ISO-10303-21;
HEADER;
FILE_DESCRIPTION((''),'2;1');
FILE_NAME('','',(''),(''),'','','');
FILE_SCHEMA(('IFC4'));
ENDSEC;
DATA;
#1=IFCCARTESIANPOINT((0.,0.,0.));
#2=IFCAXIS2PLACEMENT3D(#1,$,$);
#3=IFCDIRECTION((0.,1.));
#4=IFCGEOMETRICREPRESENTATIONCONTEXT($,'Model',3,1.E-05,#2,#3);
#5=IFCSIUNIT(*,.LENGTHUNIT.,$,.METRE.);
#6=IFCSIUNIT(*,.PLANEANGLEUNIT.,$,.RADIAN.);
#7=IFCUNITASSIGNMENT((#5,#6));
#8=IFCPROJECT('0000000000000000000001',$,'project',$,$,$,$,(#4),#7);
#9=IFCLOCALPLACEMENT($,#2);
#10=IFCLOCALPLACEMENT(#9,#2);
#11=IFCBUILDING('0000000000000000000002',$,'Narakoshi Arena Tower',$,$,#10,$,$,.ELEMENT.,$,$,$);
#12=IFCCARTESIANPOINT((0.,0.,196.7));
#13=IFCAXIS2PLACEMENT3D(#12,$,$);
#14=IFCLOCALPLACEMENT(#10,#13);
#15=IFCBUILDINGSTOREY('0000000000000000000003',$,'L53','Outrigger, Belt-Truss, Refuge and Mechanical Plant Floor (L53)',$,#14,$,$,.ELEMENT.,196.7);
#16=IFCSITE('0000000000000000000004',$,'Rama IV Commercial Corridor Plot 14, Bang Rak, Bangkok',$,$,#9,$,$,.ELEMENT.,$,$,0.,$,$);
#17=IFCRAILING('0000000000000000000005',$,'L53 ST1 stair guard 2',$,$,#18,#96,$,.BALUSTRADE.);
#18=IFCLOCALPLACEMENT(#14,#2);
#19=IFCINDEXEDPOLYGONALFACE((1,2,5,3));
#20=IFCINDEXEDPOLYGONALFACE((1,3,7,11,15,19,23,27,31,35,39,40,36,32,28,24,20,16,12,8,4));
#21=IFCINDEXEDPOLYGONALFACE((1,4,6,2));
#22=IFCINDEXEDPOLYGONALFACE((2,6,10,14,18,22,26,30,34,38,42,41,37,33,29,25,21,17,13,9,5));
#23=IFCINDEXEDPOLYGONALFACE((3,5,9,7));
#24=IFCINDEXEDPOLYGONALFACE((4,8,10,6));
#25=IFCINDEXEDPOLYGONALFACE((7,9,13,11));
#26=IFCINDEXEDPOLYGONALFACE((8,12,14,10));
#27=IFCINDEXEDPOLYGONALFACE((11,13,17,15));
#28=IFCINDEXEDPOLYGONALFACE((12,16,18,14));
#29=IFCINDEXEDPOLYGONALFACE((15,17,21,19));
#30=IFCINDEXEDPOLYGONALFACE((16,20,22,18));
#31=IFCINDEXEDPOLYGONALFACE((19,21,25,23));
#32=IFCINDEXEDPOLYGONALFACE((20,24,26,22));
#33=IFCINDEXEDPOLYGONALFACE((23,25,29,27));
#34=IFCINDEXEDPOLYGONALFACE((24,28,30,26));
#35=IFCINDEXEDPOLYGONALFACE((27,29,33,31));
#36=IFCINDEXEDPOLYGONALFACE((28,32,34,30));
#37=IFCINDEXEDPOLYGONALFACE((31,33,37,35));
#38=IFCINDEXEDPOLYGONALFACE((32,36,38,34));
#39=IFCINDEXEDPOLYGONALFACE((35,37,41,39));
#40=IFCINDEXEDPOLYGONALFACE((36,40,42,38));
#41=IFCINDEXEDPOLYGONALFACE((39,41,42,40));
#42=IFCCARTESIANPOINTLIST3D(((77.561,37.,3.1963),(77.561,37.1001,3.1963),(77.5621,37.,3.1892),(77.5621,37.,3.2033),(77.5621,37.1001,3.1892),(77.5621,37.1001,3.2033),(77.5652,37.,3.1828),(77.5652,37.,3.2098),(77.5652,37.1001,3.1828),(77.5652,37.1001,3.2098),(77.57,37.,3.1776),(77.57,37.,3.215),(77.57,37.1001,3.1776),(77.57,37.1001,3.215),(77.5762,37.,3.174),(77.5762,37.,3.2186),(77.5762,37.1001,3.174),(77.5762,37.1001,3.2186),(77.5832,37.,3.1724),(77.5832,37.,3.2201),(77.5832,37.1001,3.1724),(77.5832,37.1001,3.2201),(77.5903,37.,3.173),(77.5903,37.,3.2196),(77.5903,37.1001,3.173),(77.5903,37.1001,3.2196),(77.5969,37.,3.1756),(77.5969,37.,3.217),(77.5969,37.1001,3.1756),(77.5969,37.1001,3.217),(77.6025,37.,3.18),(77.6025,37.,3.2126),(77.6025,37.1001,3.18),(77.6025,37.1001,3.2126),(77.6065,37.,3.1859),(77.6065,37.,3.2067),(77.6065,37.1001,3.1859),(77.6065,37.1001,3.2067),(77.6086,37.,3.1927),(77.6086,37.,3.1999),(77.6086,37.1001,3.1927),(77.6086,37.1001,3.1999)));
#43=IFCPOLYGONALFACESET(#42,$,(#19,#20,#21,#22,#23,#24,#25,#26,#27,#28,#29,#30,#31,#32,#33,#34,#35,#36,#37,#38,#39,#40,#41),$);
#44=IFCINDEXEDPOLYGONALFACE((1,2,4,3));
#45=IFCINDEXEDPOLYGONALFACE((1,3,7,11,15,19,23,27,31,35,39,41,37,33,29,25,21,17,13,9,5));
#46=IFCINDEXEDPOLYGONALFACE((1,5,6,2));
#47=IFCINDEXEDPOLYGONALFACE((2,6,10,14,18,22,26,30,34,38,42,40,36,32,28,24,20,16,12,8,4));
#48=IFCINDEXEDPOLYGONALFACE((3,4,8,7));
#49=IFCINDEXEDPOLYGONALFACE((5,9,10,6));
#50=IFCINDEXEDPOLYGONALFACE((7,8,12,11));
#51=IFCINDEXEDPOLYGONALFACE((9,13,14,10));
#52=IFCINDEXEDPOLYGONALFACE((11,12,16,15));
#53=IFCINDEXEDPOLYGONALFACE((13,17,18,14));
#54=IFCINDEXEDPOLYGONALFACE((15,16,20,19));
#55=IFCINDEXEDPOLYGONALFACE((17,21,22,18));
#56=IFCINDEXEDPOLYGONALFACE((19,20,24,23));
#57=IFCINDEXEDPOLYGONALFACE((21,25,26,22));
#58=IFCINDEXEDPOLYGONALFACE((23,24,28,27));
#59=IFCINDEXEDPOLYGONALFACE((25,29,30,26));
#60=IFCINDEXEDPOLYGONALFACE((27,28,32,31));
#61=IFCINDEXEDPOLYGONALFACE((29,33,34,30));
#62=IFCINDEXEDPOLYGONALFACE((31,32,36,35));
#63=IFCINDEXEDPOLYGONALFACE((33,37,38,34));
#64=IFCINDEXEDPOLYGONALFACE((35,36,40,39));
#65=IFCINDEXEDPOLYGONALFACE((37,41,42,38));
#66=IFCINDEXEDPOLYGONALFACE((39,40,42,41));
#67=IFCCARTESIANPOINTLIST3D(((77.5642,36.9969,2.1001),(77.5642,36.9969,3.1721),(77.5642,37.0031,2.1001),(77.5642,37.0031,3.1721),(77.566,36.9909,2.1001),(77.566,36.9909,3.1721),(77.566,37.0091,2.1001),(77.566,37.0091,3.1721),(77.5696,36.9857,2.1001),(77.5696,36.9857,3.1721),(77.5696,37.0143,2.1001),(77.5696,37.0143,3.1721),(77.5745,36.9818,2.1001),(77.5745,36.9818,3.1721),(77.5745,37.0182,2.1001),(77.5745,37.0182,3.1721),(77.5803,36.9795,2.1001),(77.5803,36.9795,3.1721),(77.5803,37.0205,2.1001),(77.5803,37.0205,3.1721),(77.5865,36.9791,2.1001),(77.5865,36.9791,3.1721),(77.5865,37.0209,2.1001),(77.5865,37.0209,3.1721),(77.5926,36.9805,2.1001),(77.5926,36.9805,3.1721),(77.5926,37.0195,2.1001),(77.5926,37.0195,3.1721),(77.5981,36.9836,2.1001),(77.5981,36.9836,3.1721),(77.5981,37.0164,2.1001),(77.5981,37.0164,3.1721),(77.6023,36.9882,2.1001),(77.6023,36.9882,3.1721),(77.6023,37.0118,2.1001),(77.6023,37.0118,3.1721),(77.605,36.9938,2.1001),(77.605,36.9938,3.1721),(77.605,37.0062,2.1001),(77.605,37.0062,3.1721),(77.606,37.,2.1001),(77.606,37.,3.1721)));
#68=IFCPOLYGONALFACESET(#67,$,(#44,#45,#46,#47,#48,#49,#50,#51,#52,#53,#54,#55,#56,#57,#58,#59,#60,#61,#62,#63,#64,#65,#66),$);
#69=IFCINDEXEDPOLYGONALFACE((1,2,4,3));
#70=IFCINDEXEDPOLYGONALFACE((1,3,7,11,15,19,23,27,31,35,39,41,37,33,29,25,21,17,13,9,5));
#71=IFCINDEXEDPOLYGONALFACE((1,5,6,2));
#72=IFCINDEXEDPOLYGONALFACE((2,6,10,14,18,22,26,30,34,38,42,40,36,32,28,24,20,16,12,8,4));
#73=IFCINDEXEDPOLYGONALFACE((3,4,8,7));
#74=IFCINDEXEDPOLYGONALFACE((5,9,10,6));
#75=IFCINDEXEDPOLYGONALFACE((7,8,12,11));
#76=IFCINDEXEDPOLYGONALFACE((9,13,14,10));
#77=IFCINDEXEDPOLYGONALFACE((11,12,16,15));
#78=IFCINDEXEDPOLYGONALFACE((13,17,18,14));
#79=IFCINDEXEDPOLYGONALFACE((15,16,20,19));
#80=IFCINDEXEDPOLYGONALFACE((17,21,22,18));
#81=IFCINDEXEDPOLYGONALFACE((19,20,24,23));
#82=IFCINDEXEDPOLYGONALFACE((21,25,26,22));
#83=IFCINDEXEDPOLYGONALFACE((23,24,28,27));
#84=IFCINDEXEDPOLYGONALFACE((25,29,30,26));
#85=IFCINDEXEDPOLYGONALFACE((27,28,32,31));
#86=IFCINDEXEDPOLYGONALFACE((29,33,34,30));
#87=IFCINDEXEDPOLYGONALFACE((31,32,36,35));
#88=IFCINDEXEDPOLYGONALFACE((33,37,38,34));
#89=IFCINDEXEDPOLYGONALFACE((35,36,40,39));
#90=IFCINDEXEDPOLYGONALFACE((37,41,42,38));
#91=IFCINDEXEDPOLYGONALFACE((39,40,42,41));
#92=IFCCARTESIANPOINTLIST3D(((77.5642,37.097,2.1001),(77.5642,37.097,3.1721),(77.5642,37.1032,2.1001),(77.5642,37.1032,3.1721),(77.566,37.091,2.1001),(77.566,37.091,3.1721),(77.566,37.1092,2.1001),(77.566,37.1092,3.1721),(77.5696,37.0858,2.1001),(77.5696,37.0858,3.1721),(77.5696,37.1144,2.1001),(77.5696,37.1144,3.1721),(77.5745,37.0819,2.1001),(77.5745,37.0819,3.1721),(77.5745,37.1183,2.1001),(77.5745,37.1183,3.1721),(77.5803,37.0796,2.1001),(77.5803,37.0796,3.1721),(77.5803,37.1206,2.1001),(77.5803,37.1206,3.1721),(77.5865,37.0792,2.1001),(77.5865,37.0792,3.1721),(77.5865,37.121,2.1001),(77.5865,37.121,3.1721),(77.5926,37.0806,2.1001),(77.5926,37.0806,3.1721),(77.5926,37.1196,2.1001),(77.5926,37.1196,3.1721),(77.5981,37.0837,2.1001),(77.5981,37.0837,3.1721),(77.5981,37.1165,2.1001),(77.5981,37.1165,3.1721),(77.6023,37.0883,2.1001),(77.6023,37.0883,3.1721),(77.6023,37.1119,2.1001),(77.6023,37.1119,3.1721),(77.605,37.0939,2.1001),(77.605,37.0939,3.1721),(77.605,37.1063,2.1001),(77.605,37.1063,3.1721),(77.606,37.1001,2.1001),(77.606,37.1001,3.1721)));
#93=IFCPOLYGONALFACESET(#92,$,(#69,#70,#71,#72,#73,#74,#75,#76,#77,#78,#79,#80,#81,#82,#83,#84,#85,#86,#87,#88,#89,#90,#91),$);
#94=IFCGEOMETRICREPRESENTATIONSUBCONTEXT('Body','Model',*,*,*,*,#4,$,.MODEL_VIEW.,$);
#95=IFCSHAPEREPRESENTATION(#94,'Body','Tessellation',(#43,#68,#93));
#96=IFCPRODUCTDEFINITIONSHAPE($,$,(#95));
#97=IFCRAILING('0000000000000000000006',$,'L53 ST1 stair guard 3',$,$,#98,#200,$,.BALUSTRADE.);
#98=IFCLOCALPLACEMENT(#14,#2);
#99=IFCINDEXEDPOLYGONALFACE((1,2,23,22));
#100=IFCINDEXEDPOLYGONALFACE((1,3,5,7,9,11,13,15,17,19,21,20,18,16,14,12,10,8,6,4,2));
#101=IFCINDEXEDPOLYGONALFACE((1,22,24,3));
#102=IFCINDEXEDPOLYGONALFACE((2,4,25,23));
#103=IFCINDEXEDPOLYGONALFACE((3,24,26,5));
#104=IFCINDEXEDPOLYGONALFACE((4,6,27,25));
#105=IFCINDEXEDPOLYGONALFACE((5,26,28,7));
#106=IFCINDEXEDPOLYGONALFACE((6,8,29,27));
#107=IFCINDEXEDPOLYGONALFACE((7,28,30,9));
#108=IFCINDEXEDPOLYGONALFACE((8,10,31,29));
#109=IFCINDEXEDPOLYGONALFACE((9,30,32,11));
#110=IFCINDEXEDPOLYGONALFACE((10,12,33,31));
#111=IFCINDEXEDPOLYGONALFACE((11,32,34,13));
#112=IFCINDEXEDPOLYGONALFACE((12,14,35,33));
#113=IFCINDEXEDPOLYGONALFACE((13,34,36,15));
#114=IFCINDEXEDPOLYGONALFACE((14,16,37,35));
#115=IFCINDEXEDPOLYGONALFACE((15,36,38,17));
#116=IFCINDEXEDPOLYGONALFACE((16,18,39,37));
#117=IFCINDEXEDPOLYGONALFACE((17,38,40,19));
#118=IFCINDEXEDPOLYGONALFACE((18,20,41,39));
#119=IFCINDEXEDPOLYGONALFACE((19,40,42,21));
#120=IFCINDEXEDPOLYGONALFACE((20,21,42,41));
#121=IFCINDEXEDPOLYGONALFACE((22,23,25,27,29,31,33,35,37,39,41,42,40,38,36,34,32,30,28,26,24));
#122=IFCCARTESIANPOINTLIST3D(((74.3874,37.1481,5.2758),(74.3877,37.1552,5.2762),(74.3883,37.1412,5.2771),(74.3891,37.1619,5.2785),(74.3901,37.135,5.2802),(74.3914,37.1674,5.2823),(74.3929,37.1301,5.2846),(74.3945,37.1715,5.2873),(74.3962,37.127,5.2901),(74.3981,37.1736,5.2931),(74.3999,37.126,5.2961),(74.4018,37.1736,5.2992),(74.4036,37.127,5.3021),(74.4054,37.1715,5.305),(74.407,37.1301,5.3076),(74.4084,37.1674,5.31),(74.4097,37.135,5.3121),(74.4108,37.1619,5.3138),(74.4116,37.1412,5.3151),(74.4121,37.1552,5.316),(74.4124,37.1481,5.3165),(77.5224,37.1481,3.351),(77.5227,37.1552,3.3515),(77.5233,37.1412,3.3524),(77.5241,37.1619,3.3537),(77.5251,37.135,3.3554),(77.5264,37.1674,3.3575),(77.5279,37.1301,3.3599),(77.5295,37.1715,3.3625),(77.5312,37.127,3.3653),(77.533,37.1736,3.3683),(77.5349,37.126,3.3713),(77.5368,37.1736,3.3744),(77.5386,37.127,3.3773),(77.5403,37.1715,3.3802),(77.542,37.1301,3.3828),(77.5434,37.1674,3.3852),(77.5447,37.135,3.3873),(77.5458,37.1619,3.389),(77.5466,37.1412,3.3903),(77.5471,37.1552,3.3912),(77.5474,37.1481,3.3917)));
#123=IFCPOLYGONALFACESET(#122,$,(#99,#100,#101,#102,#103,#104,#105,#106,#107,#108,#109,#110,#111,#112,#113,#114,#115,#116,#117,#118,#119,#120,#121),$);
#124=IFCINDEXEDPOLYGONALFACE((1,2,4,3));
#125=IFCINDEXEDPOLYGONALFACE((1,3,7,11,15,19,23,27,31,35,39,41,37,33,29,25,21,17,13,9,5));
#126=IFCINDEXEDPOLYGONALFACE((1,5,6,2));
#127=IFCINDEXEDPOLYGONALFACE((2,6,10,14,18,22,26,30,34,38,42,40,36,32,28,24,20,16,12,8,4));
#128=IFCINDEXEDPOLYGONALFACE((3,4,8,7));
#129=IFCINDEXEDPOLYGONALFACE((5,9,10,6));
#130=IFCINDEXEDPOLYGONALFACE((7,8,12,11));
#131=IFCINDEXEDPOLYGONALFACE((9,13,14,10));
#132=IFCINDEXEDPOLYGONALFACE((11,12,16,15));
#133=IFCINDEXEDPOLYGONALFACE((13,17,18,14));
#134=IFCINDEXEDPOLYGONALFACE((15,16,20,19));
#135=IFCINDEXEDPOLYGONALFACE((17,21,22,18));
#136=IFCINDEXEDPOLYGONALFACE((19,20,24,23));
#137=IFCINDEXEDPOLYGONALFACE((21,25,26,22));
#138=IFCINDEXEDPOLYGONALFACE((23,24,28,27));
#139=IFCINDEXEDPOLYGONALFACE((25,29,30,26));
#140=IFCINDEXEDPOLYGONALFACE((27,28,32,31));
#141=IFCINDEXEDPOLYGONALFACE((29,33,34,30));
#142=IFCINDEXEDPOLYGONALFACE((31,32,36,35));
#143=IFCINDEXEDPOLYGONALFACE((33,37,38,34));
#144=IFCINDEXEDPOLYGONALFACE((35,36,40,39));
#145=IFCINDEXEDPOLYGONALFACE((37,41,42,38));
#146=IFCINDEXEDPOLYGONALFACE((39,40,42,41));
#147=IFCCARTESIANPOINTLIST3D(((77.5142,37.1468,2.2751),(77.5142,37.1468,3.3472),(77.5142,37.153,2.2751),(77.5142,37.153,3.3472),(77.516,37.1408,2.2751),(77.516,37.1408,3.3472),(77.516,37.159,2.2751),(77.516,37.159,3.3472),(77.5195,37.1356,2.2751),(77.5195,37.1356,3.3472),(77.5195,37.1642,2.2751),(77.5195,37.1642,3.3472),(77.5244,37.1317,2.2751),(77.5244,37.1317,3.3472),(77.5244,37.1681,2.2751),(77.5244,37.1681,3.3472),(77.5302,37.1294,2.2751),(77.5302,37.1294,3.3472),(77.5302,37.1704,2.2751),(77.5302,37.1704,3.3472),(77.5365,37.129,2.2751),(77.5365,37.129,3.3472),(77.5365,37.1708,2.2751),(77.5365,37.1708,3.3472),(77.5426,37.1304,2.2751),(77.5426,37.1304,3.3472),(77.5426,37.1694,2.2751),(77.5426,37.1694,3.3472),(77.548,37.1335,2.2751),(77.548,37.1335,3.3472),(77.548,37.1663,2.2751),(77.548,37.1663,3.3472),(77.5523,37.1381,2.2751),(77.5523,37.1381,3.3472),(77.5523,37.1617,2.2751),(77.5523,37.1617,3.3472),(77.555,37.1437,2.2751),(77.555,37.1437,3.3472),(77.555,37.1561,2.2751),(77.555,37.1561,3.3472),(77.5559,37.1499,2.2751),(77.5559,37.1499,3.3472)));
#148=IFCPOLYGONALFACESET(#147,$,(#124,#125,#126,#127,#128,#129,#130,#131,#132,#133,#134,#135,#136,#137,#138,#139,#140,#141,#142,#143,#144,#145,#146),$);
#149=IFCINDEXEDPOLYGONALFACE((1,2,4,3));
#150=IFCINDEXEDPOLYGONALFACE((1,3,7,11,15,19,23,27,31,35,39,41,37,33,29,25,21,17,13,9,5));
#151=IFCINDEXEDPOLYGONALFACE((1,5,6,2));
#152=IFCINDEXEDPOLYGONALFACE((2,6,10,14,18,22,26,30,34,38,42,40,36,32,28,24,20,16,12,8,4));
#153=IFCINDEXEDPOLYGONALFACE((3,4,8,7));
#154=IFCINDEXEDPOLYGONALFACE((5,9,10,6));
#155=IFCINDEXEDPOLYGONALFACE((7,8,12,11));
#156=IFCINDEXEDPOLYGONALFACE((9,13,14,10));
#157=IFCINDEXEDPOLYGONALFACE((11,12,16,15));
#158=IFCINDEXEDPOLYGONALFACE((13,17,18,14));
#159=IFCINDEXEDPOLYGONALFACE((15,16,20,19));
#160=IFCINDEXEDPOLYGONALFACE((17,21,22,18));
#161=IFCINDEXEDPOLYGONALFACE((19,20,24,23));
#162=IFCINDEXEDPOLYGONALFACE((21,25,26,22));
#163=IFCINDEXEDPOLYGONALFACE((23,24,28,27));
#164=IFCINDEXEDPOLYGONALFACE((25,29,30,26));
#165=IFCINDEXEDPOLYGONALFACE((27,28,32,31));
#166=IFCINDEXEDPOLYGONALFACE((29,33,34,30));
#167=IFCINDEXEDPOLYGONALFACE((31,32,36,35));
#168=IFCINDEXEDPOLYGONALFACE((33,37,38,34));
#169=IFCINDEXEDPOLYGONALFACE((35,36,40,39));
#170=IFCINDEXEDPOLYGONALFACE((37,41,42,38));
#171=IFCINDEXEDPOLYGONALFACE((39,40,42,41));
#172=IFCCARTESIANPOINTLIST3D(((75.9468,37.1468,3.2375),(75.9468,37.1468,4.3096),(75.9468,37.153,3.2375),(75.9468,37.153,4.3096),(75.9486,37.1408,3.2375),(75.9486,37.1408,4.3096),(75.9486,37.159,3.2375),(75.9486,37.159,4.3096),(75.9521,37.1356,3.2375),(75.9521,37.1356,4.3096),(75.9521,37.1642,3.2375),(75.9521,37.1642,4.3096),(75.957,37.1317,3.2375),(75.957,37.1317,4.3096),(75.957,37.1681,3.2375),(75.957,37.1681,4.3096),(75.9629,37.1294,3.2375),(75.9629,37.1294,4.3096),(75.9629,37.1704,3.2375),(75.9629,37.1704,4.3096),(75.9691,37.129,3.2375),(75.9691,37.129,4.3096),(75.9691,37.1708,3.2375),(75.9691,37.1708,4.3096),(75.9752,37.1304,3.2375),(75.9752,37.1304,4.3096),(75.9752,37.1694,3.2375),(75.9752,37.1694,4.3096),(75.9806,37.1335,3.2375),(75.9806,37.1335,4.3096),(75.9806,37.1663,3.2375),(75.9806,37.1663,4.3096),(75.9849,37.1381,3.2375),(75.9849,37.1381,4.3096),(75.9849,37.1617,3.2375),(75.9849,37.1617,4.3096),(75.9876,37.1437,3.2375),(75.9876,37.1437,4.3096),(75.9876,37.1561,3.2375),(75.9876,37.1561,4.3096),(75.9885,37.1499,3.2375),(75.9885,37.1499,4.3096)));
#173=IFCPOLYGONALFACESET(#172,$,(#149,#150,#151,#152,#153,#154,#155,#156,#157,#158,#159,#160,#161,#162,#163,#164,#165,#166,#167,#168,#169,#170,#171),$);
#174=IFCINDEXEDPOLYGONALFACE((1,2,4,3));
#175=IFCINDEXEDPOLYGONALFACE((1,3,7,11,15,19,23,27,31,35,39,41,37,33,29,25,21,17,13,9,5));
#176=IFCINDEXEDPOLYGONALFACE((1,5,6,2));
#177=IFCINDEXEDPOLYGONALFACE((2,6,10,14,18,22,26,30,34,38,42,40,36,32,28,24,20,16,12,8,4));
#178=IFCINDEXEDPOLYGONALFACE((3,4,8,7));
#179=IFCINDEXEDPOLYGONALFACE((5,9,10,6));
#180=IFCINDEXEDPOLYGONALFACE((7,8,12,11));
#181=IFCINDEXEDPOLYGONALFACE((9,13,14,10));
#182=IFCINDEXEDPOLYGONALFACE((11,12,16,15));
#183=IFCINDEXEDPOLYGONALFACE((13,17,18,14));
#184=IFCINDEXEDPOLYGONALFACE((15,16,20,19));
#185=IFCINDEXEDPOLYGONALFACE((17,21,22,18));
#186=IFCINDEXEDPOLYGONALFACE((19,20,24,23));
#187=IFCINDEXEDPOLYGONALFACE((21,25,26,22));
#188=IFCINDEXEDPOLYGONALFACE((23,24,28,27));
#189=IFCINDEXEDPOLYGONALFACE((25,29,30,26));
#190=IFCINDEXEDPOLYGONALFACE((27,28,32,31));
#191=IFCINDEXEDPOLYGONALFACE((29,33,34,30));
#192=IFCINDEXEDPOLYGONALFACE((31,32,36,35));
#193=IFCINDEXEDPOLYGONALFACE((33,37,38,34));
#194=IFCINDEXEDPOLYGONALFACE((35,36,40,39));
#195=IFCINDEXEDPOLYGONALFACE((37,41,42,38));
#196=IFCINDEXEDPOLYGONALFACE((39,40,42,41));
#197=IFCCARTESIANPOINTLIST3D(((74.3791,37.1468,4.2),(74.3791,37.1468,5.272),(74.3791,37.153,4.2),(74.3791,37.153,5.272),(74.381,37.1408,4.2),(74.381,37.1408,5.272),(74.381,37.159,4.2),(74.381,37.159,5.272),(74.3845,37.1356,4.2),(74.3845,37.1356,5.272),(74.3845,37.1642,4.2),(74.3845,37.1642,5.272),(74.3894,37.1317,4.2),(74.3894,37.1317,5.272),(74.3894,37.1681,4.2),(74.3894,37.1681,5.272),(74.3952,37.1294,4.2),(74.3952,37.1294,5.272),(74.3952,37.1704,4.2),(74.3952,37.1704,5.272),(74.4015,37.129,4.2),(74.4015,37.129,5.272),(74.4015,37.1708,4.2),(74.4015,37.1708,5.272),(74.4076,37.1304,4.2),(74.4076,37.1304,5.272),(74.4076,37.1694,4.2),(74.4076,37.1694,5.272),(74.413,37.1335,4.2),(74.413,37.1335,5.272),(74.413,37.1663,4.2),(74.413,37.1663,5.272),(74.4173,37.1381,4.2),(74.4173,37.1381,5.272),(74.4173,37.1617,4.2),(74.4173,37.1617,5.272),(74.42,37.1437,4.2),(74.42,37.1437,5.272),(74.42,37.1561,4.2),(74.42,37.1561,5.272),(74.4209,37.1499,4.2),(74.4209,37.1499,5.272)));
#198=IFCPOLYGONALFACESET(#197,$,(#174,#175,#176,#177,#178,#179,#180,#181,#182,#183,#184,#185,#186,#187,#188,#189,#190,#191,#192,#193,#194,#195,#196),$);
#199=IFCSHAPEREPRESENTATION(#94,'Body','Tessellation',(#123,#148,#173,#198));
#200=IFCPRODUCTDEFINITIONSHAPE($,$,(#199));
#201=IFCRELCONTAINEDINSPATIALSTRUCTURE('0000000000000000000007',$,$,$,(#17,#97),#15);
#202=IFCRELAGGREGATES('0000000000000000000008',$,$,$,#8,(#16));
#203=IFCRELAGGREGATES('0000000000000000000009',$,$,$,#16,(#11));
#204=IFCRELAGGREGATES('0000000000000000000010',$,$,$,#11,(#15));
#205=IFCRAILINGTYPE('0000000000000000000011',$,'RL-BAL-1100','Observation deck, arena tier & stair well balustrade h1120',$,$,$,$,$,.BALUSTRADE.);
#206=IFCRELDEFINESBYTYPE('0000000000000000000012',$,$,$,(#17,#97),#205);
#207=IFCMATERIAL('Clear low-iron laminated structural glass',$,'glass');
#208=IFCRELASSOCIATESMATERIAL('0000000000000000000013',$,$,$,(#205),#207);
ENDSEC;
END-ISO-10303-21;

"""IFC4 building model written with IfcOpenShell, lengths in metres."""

from ifc_helpers import new_model, si_unit, direction, frame, origin, origin_2d, place, context, subcontext, project, spatial, circle, extrude, material, type_object, element, save


model = new_model("IFC4")

# Units and contexts
model_context = context("Model", 3, precision=1e-05, world=origin(), true_north=direction((0.0, 1.0)))
body_context = subcontext(model_context, "Body", "Model", "MODEL_VIEW")
ifc_project = project(units=[si_unit("LENGTHUNIT", "METRE"), si_unit("PLANEANGLEUNIT", "RADIAN")], contexts=[model_context])

# Site, building, storey
site_placement = place(None, origin())
site = spatial("IfcSite", under=ifc_project, at=site_placement, Name="Rama IV Commercial Corridor Plot 14, Bang Rak, Bangkok", CompositionType="ELEMENT", RefElevation=0.0)
building_placement = place(site_placement, origin())
building = spatial("IfcBuilding", under=site, at=building_placement, Name="Narakoshi Arena Tower", CompositionType="ELEMENT")
storey_placement = place(building_placement, frame((0.0, 0.0, 196.7)))
storey = spatial("IfcBuildingStorey", under=building, at=storey_placement, Name="L53", Description="Outrigger, Belt-Truss, Refuge and Mechanical Plant Floor (L53)", CompositionType="ELEMENT", Elevation=196.7)

# Railings
ifc_material_1 = material(Name="Clear low-iron laminated structural glass", Category="glass")
railing_type_1 = type_object("IfcRailingType", Name="RL-BAL-1100", Description="Observation deck, arena tier & stair well balustrade h1120", PredefinedType="BALUSTRADE", material=ifc_material_1)
railing_1_placement = place(storey_placement, frame((77.585, 37.0, 2.1001)))
element("IfcRailing", 1, at=railing_1_placement, inside=storey, type_object=railing_type_1, Name="L53 ST1 stair guard 2", PredefinedType="BALUSTRADE", context=body_context, shape_type="SweptSolid", body=[
    extrude(circle(Radius=0.0239, at=origin_2d()), frame((0.0, 0.0, 1.0962), z_axis=(0.0, 1.0, 0.0), x_axis=(-1.0, 0.0, 0.0)), (0.0, 0.0, 1.0), 0.1001),
    extrude(circle(Radius=0.021, at=origin_2d()), origin(), (0.0, 0.0, 1.0), 1.072),
    extrude(circle(Radius=0.021, at=origin_2d()), frame((0.0, 0.1001, 0.0)), (0.0, 0.0, 1.0), 1.072),
])
railing_2_placement = place(storey_placement, frame((77.5349, 37.1499, 2.2751)))
element("IfcRailing", 2, at=railing_2_placement, inside=storey, type_object=railing_type_1, Name="L53 ST1 stair guard 3", PredefinedType="BALUSTRADE", context=body_context, shape_type="SweptSolid", body=[
    extrude(circle(Radius=0.0239, at=origin_2d()), frame((0.0, 0.0, 1.0962), z_axis=(-0.852196, 0.0, 0.523223), x_axis=(0.0, -1.0, 0.0)), (0.0, 0.0, 1.0), 3.6787),
    extrude(circle(Radius=0.021, at=origin_2d()), origin(), (0.0, 0.0, 1.0), 1.072),
    extrude(circle(Radius=0.021, at=origin_2d()), frame((-1.5674, 0.0, 0.9624)), (0.0, 0.0, 1.0), 1.072),
    extrude(circle(Radius=0.021, at=origin_2d()), frame((-3.135, 0.0, 1.9248)), (0.0, 0.0, 1.0), 1.072),
])

save(model, "model.ifc")
